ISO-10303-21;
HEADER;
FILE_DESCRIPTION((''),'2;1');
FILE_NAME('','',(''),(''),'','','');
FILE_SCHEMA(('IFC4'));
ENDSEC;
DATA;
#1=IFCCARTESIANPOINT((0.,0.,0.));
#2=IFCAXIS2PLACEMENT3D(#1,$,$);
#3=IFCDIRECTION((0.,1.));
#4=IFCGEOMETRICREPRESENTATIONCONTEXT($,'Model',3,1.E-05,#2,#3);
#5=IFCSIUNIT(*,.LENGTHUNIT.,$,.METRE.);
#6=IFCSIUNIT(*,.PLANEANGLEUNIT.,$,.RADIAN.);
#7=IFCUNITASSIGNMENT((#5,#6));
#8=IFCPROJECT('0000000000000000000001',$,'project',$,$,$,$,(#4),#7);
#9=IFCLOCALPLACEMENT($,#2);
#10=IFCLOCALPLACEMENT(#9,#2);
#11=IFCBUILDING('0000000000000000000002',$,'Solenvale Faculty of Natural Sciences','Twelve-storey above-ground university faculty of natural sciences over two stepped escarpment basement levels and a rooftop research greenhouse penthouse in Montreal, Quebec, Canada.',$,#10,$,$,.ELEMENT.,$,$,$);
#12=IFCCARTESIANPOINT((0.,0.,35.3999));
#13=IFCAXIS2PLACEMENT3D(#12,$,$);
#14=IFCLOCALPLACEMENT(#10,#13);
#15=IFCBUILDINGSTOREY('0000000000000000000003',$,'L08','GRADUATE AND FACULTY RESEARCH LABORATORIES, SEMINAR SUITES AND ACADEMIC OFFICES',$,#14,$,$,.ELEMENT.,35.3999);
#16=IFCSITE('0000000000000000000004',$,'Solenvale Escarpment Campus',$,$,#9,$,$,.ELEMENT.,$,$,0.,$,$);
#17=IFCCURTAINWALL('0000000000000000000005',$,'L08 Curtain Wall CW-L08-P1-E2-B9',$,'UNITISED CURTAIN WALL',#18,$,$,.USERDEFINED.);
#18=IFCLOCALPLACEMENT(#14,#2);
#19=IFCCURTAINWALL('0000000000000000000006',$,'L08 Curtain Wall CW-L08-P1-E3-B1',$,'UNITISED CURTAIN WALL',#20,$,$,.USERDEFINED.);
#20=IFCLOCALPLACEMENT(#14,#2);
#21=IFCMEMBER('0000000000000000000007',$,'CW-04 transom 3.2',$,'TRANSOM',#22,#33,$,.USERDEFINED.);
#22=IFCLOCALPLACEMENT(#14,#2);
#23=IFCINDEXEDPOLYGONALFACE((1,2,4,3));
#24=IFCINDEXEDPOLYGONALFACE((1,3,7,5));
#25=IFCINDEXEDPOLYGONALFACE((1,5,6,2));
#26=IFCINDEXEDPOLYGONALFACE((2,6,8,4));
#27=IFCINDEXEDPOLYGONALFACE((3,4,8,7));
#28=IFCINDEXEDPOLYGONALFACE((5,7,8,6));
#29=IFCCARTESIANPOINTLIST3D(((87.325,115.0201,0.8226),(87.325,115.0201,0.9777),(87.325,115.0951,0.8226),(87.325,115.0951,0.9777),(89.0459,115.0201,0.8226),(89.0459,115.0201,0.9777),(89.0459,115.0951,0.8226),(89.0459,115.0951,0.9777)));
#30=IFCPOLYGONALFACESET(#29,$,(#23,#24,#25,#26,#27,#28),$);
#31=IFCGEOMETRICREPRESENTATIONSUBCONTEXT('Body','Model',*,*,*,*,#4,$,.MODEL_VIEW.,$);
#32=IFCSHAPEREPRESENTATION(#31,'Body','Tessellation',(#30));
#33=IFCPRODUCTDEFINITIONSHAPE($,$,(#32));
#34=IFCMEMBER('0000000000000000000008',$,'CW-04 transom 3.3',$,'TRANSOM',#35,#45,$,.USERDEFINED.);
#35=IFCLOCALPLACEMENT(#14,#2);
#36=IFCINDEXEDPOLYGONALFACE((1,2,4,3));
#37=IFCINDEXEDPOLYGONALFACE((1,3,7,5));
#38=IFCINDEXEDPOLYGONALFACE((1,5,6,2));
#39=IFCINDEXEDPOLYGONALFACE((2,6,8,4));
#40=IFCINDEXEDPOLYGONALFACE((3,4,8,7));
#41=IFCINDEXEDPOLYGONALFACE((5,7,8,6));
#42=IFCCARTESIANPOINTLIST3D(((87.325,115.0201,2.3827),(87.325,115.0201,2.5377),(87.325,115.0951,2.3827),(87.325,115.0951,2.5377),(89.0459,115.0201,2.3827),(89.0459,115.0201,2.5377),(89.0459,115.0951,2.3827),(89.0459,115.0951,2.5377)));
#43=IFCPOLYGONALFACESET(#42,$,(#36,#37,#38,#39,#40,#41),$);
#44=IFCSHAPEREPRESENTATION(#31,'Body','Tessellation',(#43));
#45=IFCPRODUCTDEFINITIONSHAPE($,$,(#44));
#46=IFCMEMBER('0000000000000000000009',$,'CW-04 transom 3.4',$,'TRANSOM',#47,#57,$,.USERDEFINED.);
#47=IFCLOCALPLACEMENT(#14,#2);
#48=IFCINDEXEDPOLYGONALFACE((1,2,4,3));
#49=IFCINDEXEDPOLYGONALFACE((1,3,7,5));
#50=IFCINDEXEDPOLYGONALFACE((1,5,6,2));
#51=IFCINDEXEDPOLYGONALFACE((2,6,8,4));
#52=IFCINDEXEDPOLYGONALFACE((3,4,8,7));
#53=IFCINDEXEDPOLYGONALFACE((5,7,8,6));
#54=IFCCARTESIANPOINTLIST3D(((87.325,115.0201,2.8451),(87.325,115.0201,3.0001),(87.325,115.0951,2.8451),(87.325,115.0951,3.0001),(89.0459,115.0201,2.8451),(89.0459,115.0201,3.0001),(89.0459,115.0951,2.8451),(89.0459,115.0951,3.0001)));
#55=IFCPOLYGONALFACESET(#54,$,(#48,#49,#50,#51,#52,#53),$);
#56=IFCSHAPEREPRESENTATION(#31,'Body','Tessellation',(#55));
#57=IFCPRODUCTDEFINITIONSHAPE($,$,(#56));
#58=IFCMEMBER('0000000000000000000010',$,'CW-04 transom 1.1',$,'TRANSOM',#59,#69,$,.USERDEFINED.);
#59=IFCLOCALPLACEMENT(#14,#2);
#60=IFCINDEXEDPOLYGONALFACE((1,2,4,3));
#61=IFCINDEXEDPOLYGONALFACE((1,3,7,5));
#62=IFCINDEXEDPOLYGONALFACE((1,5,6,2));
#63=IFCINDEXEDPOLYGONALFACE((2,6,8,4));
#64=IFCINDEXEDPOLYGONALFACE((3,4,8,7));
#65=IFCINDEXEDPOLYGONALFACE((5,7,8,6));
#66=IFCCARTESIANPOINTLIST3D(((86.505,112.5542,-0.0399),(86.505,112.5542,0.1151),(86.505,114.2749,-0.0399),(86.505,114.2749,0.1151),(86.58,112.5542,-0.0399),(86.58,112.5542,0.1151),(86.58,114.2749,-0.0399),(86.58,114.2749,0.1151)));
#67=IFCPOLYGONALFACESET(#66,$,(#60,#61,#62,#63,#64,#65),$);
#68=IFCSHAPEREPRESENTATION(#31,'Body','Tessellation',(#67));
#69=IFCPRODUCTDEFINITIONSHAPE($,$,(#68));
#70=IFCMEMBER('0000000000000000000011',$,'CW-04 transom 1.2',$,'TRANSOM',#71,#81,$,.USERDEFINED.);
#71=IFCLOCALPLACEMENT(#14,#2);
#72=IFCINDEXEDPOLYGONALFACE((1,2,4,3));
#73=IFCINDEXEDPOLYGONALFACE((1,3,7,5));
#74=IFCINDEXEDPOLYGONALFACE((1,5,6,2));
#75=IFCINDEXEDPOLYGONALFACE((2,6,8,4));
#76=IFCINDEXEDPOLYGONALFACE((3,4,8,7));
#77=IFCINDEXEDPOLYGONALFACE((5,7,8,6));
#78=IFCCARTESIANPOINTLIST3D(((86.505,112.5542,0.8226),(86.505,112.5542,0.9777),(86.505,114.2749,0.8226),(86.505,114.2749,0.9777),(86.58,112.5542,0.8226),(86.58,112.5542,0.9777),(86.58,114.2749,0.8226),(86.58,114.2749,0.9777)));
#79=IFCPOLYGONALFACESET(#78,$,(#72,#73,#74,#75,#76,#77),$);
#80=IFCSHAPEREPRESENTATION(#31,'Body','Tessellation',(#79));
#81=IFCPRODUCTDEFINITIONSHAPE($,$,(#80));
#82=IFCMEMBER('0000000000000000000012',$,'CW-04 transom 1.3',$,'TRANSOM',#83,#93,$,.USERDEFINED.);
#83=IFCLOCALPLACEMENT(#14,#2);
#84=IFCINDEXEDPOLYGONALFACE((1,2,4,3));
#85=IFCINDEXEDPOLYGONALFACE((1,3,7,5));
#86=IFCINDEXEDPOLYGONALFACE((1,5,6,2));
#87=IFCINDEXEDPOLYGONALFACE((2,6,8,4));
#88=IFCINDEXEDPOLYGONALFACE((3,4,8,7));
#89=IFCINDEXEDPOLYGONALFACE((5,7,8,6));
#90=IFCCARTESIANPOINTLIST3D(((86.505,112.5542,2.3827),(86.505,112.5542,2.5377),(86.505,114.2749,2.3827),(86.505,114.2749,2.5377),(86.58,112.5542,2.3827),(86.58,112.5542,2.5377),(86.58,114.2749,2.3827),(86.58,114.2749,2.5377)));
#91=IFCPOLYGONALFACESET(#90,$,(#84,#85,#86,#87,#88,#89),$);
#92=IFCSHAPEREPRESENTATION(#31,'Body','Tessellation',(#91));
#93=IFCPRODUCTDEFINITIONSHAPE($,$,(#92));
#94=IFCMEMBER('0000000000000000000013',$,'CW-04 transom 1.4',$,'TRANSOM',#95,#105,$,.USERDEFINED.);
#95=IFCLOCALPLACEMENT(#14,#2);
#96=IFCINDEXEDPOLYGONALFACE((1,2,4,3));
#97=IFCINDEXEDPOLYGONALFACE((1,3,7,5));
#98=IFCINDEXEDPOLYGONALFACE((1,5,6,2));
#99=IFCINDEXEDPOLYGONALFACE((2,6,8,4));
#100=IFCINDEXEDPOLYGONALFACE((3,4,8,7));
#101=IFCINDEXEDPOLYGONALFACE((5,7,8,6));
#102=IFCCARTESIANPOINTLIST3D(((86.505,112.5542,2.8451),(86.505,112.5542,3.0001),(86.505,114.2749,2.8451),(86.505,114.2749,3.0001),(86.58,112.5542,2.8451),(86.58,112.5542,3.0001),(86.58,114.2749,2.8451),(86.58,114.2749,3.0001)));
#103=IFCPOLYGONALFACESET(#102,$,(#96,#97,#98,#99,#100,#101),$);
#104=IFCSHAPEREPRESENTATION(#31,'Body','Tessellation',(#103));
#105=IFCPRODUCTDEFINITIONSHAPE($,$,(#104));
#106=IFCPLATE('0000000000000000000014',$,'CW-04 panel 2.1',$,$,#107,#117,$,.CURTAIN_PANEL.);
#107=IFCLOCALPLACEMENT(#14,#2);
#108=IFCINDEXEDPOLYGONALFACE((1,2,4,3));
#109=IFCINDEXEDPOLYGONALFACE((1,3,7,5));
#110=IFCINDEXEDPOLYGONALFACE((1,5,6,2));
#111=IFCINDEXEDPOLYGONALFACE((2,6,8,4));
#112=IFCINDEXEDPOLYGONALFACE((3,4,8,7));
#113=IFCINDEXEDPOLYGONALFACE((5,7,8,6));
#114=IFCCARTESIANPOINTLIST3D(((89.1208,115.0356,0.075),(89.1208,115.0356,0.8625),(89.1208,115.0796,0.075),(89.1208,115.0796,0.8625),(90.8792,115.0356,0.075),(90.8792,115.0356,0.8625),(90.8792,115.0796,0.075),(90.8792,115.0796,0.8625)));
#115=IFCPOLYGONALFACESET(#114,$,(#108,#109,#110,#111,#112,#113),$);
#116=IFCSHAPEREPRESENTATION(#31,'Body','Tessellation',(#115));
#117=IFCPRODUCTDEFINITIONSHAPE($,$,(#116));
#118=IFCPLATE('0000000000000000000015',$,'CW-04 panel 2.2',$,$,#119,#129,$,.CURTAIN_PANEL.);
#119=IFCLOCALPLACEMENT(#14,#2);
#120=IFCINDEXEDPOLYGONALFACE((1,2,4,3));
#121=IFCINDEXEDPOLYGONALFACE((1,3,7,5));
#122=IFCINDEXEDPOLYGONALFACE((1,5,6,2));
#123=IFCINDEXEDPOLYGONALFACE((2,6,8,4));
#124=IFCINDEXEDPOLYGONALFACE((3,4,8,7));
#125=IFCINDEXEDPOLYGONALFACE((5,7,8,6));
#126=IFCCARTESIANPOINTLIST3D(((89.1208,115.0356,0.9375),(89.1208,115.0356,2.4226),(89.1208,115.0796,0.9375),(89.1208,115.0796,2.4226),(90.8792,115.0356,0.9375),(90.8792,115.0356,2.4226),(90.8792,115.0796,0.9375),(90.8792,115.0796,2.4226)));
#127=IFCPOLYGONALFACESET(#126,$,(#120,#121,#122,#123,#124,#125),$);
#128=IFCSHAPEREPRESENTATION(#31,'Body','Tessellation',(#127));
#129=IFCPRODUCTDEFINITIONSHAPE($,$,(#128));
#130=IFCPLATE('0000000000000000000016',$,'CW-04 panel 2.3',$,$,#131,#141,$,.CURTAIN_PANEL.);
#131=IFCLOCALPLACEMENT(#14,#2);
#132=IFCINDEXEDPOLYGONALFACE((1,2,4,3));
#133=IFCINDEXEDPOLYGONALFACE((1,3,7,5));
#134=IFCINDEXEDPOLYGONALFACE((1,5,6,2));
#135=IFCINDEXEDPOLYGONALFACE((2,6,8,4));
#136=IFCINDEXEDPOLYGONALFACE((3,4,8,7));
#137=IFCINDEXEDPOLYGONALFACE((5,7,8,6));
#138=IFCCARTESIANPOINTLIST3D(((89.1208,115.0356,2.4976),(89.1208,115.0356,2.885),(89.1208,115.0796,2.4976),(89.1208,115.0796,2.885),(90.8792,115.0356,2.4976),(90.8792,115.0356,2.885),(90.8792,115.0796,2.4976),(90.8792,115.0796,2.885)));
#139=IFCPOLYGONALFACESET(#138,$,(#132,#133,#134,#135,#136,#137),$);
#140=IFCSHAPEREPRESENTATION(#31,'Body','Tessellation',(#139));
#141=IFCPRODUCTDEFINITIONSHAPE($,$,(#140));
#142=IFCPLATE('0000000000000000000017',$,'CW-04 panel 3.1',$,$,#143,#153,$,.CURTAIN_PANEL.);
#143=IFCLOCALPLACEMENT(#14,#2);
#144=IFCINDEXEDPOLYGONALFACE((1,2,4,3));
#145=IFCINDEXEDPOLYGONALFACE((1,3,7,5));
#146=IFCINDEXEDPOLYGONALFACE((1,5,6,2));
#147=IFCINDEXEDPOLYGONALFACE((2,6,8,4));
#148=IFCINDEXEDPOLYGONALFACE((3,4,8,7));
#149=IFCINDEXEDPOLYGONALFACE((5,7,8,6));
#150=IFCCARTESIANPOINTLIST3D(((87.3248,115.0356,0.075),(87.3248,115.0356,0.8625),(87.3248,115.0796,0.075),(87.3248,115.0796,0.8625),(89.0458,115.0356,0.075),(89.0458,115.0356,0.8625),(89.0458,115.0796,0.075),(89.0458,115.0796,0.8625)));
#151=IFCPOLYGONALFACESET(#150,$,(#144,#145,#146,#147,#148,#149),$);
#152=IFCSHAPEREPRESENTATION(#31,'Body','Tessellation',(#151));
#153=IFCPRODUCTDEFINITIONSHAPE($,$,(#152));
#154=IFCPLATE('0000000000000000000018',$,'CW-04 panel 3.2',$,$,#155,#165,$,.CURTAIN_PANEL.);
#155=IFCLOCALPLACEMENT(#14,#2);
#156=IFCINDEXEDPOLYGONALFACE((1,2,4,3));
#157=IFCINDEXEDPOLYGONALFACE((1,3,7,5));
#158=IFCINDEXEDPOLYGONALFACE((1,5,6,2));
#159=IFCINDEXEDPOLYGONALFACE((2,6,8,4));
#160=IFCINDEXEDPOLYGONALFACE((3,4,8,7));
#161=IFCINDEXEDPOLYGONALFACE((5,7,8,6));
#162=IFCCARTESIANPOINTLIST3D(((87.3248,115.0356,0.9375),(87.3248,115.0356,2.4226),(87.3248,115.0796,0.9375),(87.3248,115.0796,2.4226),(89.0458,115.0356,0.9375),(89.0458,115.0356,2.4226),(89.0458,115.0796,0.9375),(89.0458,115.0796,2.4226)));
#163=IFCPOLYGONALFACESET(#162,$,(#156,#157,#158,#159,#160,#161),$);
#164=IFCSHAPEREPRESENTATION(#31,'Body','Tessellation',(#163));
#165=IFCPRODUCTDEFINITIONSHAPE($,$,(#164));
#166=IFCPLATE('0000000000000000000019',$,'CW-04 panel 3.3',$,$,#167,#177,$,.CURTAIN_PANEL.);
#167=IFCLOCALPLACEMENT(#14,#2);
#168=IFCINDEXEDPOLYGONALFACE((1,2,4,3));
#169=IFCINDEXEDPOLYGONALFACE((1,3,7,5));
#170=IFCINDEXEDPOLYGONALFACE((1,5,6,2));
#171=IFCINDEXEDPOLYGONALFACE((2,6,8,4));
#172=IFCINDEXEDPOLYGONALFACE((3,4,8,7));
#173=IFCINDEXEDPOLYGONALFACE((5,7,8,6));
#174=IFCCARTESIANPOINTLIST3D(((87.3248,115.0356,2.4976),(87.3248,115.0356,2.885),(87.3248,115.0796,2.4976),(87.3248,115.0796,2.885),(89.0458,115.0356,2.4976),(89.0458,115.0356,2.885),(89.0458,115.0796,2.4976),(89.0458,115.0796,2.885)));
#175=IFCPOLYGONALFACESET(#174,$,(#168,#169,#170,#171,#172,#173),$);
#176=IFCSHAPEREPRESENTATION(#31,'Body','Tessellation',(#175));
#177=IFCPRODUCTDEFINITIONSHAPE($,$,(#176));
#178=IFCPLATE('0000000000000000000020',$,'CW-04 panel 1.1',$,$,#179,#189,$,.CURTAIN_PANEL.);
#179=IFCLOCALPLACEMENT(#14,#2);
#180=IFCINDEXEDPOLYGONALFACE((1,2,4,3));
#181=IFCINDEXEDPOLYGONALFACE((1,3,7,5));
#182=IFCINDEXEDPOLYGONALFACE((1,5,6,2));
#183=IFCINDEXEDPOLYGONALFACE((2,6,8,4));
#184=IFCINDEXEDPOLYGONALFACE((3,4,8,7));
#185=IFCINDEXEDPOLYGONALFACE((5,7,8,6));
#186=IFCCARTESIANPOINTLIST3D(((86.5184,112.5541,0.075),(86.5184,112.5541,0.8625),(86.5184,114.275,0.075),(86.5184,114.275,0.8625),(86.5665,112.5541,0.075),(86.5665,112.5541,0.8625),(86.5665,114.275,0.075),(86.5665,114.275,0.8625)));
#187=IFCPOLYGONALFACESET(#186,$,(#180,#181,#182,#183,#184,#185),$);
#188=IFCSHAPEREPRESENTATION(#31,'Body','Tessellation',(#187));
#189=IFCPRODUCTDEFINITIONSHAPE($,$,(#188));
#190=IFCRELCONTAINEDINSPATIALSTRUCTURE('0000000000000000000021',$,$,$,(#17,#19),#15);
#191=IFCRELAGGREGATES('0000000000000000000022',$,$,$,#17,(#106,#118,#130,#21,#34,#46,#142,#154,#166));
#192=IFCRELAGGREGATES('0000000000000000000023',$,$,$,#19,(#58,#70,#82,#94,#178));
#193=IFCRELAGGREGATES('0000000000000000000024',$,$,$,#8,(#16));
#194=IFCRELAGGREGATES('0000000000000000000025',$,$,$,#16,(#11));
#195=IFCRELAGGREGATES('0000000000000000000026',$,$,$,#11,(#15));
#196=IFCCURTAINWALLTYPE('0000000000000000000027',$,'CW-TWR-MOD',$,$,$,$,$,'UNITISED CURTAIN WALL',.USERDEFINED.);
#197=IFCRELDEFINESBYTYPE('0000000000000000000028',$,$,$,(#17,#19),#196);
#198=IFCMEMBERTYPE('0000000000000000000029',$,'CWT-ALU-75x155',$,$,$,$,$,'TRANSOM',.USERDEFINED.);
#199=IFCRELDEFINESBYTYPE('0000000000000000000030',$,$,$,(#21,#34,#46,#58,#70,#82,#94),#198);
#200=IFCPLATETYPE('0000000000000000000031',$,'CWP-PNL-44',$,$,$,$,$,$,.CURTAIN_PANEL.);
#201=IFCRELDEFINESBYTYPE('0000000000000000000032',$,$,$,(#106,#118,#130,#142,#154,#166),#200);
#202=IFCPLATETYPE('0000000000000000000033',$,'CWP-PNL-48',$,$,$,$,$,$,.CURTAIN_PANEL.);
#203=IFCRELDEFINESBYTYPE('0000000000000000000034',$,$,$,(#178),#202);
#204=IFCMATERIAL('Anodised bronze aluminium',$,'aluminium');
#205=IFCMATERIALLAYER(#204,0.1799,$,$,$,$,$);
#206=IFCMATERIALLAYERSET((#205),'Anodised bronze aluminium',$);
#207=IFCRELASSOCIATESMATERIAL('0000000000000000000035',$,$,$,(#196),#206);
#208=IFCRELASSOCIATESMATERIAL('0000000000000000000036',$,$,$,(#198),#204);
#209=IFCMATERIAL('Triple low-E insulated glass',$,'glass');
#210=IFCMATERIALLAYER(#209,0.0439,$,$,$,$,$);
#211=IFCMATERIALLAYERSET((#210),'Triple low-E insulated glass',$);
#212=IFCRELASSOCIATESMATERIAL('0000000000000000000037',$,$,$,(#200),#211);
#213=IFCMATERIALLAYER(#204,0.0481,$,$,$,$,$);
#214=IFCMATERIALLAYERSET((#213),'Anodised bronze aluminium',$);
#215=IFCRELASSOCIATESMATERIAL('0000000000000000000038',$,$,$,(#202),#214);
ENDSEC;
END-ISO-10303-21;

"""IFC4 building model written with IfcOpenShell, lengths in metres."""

from ifc_helpers import new_model, si_unit, direction, frame, origin, origin_2d, place, context, subcontext, project, spatial, rectangle, extrude, material, layer, layer_set, material_profile, profile_set, type_object, element, aggregate, save


model = new_model("IFC4")

# Units and contexts
model_context = context("Model", 3, precision=1e-05, world=origin(), true_north=direction((0.0, 1.0)))
body_context = subcontext(model_context, "Body", "Model", "MODEL_VIEW")
ifc_project = project(units=[si_unit("LENGTHUNIT", "METRE"), si_unit("PLANEANGLEUNIT", "RADIAN")], contexts=[model_context])

# Site, building, storey
site_placement = place(None, origin())
site = spatial("IfcSite", under=ifc_project, at=site_placement, Name="Solenvale Escarpment Campus", CompositionType="ELEMENT", RefElevation=0.0)
building_placement = place(site_placement, origin())
building = spatial("IfcBuilding", under=site, at=building_placement, Name="Solenvale Faculty of Natural Sciences", Description="Twelve-storey above-ground university faculty of natural sciences over two stepped escarpment basement levels and a rooftop research greenhouse penthouse in Montreal, Quebec, Canada.", CompositionType="ELEMENT")
storey_placement = place(building_placement, frame((0.0, 0.0, 35.3999)))
storey = spatial("IfcBuildingStorey", under=building, at=storey_placement, Name="L08", Description="GRADUATE AND FACULTY RESEARCH LABORATORIES, SEMINAR SUITES AND ACADEMIC OFFICES", CompositionType="ELEMENT", Elevation=35.3999)

# Curtain wall
ifc_material_1 = material(Name="Anodised bronze aluminium", Category="aluminium")
ifc_layer_1 = layer(ifc_material_1, 0.1799)
ifc_layer_set_1 = layer_set([ifc_layer_1], Name="Anodised bronze aluminium")
curtain_wall_type = type_object("IfcCurtainWallType", Name="CW-TWR-MOD", ElementType="UNITISED CURTAIN WALL", PredefinedType="USERDEFINED", material=ifc_layer_set_1)
curtain_wall_1_placement = place(storey_placement, origin())
curtain_wall_1 = element("IfcCurtainWall", 1, at=curtain_wall_1_placement, inside=storey, type_object=curtain_wall_type, Name="L08 Curtain Wall CW-L08-P1-E2-B9", ObjectType="UNITISED CURTAIN WALL", PredefinedType="USERDEFINED")

# Curtain wall
curtain_wall_2_placement = place(storey_placement, origin())
curtain_wall_2 = element("IfcCurtainWall", 2, at=curtain_wall_2_placement, inside=storey, type_object=curtain_wall_type, Name="L08 Curtain Wall CW-L08-P1-E3-B1", ObjectType="UNITISED CURTAIN WALL", PredefinedType="USERDEFINED")

# Members
ifc_material_profile_1 = material_profile(ifc_material_1, rectangle(XDim=0.075, YDim=0.155, at=origin_2d()), Name="ALU-TRN-75x155")
ifc_profile_set_1 = profile_set([ifc_material_profile_1], Name="Anodised bronze aluminium")
member_type_1 = type_object("IfcMemberType", Name="CWT-ALU-75x155", ElementType="TRANSOM", PredefinedType="USERDEFINED", material=ifc_profile_set_1)
member_1_placement = place(storey_placement, frame((89.0459, 115.0576, 0.9001), z_axis=(-1.0, 0.0, 0.0), x_axis=(0.0, -1.0, 0.0)))
member_1 = element("IfcMember", 3, at=member_1_placement, type_object=member_type_1, Name="CW-04 transom 3.2", ObjectType="TRANSOM", PredefinedType="USERDEFINED", context=body_context, shape_type="SweptSolid", body=[
    extrude(rectangle(XDim=0.075, YDim=0.155, at=origin_2d()), origin(), (0.0, 0.0, 1.0), 1.7209),
])
member_2_placement = place(storey_placement, frame((89.0459, 115.0576, 2.4602), z_axis=(-1.0, 0.0, 0.0), x_axis=(0.0, -1.0, 0.0)))
member_2 = element("IfcMember", 4, at=member_2_placement, type_object=member_type_1, Name="CW-04 transom 3.3", ObjectType="TRANSOM", PredefinedType="USERDEFINED", context=body_context, shape_type="SweptSolid", body=[
    extrude(rectangle(XDim=0.075, YDim=0.155, at=origin_2d()), origin(), (0.0, 0.0, 1.0), 1.7209),
])
member_3_placement = place(storey_placement, frame((89.0459, 115.0576, 2.9226), z_axis=(-1.0, 0.0, 0.0), x_axis=(0.0, -1.0, 0.0)))
member_3 = element("IfcMember", 5, at=member_3_placement, type_object=member_type_1, Name="CW-04 transom 3.4", ObjectType="TRANSOM", PredefinedType="USERDEFINED", context=body_context, shape_type="SweptSolid", body=[
    extrude(rectangle(XDim=0.075, YDim=0.155, at=origin_2d()), origin(), (0.0, 0.0, 1.0), 1.7209),
])
member_4_placement = place(storey_placement, frame((86.5425, 114.2749, 0.0376), z_axis=(0.0, -1.0, 0.0), x_axis=(1.0, 0.0, 0.0)))
member_4 = element("IfcMember", 6, at=member_4_placement, type_object=member_type_1, Name="CW-04 transom 1.1", ObjectType="TRANSOM", PredefinedType="USERDEFINED", context=body_context, shape_type="SweptSolid", body=[
    extrude(rectangle(XDim=0.075, YDim=0.155, at=origin_2d()), origin(), (0.0, 0.0, 1.0), 1.7207),
])
member_5_placement = place(storey_placement, frame((86.5425, 114.2749, 0.9001), z_axis=(0.0, -1.0, 0.0), x_axis=(1.0, 0.0, 0.0)))
member_5 = element("IfcMember", 7, at=member_5_placement, type_object=member_type_1, Name="CW-04 transom 1.2", ObjectType="TRANSOM", PredefinedType="USERDEFINED", context=body_context, shape_type="SweptSolid", body=[
    extrude(rectangle(XDim=0.075, YDim=0.155, at=origin_2d()), origin(), (0.0, 0.0, 1.0), 1.7207),
])
member_6_placement = place(storey_placement, frame((86.5425, 114.2749, 2.4602), z_axis=(0.0, -1.0, 0.0), x_axis=(1.0, 0.0, 0.0)))
member_6 = element("IfcMember", 8, at=member_6_placement, type_object=member_type_1, Name="CW-04 transom 1.3", ObjectType="TRANSOM", PredefinedType="USERDEFINED", context=body_context, shape_type="SweptSolid", body=[
    extrude(rectangle(XDim=0.075, YDim=0.155, at=origin_2d()), origin(), (0.0, 0.0, 1.0), 1.7207),
])
member_7_placement = place(storey_placement, frame((86.5425, 114.2749, 2.9226), z_axis=(0.0, -1.0, 0.0), x_axis=(1.0, 0.0, 0.0)))
member_7 = element("IfcMember", 9, at=member_7_placement, type_object=member_type_1, Name="CW-04 transom 1.4", ObjectType="TRANSOM", PredefinedType="USERDEFINED", context=body_context, shape_type="SweptSolid", body=[
    extrude(rectangle(XDim=0.075, YDim=0.155, at=origin_2d()), origin(), (0.0, 0.0, 1.0), 1.7207),
])

# Plates
ifc_material_2 = material(Name="Triple low-E insulated glass", Category="glass")
ifc_layer_2 = layer(ifc_material_2, 0.0439)
ifc_layer_set_2 = layer_set([ifc_layer_2], Name="Triple low-E insulated glass")
plate_type_1 = type_object("IfcPlateType", Name="CWP-PNL-44", PredefinedType="CURTAIN_PANEL", material=ifc_layer_set_2)
plate_1_placement = place(storey_placement, frame((90.0, 115.0576, 0.075), z_axis=(0.0, 0.0, 1.0), x_axis=(-1.0, 0.0, 0.0)))
plate_1 = element("IfcPlate", 10, at=plate_1_placement, type_object=plate_type_1, Name="CW-04 panel 2.1", PredefinedType="CURTAIN_PANEL", context=body_context, shape_type="SweptSolid", body=[
    extrude(rectangle(XDim=1.7583, YDim=0.0439, at=origin_2d()), origin(), (0.0, 0.0, 1.0), 0.7876),
])
plate_2_placement = place(storey_placement, frame((90.0, 115.0576, 0.9375), z_axis=(0.0, 0.0, 1.0), x_axis=(-1.0, 0.0, 0.0)))
plate_2 = element("IfcPlate", 11, at=plate_2_placement, type_object=plate_type_1, Name="CW-04 panel 2.2", PredefinedType="CURTAIN_PANEL", context=body_context, shape_type="SweptSolid", body=[
    extrude(rectangle(XDim=1.7583, YDim=0.0439, at=origin_2d()), origin(), (0.0, 0.0, 1.0), 1.4851),
])
plate_3_placement = place(storey_placement, frame((90.0, 115.0576, 2.4976), z_axis=(0.0, 0.0, 1.0), x_axis=(-1.0, 0.0, 0.0)))
plate_3 = element("IfcPlate", 12, at=plate_3_placement, type_object=plate_type_1, Name="CW-04 panel 2.3", PredefinedType="CURTAIN_PANEL", context=body_context, shape_type="SweptSolid", body=[
    extrude(rectangle(XDim=1.7583, YDim=0.0439, at=origin_2d()), origin(), (0.0, 0.0, 1.0), 0.3875),
])
plate_4_placement = place(storey_placement, frame((88.1853, 115.0576, 0.075), z_axis=(0.0, 0.0, 1.0), x_axis=(-1.0, 0.0, 0.0)))
plate_4 = element("IfcPlate", 13, at=plate_4_placement, type_object=plate_type_1, Name="CW-04 panel 3.1", PredefinedType="CURTAIN_PANEL", context=body_context, shape_type="SweptSolid", body=[
    extrude(rectangle(XDim=1.7209, YDim=0.0439, at=origin_2d()), origin(), (0.0, 0.0, 1.0), 0.7876),
])
plate_5_placement = place(storey_placement, frame((88.1853, 115.0576, 0.9375), z_axis=(0.0, 0.0, 1.0), x_axis=(-1.0, 0.0, 0.0)))
plate_5 = element("IfcPlate", 14, at=plate_5_placement, type_object=plate_type_1, Name="CW-04 panel 3.2", PredefinedType="CURTAIN_PANEL", context=body_context, shape_type="SweptSolid", body=[
    extrude(rectangle(XDim=1.7209, YDim=0.0439, at=origin_2d()), origin(), (0.0, 0.0, 1.0), 1.4851),
])
plate_6_placement = place(storey_placement, frame((88.1853, 115.0576, 2.4976), z_axis=(0.0, 0.0, 1.0), x_axis=(-1.0, 0.0, 0.0)))
plate_6 = element("IfcPlate", 15, at=plate_6_placement, type_object=plate_type_1, Name="CW-04 panel 3.3", PredefinedType="CURTAIN_PANEL", context=body_context, shape_type="SweptSolid", body=[
    extrude(rectangle(XDim=1.7209, YDim=0.0439, at=origin_2d()), origin(), (0.0, 0.0, 1.0), 0.3875),
])
aggregate(curtain_wall_1, [plate_1, plate_2, plate_3, member_1, member_2, member_3, plate_4, plate_5, plate_6])
ifc_layer_3 = layer(ifc_material_1, 0.0481)
ifc_layer_set_3 = layer_set([ifc_layer_3], Name="Anodised bronze aluminium")
plate_type_2 = type_object("IfcPlateType", Name="CWP-PNL-48", PredefinedType="CURTAIN_PANEL", material=ifc_layer_set_3)
plate_7_placement = place(storey_placement, frame((86.5425, 113.4146, 0.075), z_axis=(0.0, 0.0, 1.0), x_axis=(0.0, -1.0, 0.0)))
plate_7 = element("IfcPlate", 16, at=plate_7_placement, type_object=plate_type_2, Name="CW-04 panel 1.1", PredefinedType="CURTAIN_PANEL", context=body_context, shape_type="SweptSolid", body=[
    extrude(rectangle(XDim=1.7209, YDim=0.0481, at=origin_2d()), origin(), (0.0, 0.0, 1.0), 0.7876),
])
aggregate(curtain_wall_2, [member_4, member_5, member_6, member_7, plate_7])

save(model, "model.ifc")
